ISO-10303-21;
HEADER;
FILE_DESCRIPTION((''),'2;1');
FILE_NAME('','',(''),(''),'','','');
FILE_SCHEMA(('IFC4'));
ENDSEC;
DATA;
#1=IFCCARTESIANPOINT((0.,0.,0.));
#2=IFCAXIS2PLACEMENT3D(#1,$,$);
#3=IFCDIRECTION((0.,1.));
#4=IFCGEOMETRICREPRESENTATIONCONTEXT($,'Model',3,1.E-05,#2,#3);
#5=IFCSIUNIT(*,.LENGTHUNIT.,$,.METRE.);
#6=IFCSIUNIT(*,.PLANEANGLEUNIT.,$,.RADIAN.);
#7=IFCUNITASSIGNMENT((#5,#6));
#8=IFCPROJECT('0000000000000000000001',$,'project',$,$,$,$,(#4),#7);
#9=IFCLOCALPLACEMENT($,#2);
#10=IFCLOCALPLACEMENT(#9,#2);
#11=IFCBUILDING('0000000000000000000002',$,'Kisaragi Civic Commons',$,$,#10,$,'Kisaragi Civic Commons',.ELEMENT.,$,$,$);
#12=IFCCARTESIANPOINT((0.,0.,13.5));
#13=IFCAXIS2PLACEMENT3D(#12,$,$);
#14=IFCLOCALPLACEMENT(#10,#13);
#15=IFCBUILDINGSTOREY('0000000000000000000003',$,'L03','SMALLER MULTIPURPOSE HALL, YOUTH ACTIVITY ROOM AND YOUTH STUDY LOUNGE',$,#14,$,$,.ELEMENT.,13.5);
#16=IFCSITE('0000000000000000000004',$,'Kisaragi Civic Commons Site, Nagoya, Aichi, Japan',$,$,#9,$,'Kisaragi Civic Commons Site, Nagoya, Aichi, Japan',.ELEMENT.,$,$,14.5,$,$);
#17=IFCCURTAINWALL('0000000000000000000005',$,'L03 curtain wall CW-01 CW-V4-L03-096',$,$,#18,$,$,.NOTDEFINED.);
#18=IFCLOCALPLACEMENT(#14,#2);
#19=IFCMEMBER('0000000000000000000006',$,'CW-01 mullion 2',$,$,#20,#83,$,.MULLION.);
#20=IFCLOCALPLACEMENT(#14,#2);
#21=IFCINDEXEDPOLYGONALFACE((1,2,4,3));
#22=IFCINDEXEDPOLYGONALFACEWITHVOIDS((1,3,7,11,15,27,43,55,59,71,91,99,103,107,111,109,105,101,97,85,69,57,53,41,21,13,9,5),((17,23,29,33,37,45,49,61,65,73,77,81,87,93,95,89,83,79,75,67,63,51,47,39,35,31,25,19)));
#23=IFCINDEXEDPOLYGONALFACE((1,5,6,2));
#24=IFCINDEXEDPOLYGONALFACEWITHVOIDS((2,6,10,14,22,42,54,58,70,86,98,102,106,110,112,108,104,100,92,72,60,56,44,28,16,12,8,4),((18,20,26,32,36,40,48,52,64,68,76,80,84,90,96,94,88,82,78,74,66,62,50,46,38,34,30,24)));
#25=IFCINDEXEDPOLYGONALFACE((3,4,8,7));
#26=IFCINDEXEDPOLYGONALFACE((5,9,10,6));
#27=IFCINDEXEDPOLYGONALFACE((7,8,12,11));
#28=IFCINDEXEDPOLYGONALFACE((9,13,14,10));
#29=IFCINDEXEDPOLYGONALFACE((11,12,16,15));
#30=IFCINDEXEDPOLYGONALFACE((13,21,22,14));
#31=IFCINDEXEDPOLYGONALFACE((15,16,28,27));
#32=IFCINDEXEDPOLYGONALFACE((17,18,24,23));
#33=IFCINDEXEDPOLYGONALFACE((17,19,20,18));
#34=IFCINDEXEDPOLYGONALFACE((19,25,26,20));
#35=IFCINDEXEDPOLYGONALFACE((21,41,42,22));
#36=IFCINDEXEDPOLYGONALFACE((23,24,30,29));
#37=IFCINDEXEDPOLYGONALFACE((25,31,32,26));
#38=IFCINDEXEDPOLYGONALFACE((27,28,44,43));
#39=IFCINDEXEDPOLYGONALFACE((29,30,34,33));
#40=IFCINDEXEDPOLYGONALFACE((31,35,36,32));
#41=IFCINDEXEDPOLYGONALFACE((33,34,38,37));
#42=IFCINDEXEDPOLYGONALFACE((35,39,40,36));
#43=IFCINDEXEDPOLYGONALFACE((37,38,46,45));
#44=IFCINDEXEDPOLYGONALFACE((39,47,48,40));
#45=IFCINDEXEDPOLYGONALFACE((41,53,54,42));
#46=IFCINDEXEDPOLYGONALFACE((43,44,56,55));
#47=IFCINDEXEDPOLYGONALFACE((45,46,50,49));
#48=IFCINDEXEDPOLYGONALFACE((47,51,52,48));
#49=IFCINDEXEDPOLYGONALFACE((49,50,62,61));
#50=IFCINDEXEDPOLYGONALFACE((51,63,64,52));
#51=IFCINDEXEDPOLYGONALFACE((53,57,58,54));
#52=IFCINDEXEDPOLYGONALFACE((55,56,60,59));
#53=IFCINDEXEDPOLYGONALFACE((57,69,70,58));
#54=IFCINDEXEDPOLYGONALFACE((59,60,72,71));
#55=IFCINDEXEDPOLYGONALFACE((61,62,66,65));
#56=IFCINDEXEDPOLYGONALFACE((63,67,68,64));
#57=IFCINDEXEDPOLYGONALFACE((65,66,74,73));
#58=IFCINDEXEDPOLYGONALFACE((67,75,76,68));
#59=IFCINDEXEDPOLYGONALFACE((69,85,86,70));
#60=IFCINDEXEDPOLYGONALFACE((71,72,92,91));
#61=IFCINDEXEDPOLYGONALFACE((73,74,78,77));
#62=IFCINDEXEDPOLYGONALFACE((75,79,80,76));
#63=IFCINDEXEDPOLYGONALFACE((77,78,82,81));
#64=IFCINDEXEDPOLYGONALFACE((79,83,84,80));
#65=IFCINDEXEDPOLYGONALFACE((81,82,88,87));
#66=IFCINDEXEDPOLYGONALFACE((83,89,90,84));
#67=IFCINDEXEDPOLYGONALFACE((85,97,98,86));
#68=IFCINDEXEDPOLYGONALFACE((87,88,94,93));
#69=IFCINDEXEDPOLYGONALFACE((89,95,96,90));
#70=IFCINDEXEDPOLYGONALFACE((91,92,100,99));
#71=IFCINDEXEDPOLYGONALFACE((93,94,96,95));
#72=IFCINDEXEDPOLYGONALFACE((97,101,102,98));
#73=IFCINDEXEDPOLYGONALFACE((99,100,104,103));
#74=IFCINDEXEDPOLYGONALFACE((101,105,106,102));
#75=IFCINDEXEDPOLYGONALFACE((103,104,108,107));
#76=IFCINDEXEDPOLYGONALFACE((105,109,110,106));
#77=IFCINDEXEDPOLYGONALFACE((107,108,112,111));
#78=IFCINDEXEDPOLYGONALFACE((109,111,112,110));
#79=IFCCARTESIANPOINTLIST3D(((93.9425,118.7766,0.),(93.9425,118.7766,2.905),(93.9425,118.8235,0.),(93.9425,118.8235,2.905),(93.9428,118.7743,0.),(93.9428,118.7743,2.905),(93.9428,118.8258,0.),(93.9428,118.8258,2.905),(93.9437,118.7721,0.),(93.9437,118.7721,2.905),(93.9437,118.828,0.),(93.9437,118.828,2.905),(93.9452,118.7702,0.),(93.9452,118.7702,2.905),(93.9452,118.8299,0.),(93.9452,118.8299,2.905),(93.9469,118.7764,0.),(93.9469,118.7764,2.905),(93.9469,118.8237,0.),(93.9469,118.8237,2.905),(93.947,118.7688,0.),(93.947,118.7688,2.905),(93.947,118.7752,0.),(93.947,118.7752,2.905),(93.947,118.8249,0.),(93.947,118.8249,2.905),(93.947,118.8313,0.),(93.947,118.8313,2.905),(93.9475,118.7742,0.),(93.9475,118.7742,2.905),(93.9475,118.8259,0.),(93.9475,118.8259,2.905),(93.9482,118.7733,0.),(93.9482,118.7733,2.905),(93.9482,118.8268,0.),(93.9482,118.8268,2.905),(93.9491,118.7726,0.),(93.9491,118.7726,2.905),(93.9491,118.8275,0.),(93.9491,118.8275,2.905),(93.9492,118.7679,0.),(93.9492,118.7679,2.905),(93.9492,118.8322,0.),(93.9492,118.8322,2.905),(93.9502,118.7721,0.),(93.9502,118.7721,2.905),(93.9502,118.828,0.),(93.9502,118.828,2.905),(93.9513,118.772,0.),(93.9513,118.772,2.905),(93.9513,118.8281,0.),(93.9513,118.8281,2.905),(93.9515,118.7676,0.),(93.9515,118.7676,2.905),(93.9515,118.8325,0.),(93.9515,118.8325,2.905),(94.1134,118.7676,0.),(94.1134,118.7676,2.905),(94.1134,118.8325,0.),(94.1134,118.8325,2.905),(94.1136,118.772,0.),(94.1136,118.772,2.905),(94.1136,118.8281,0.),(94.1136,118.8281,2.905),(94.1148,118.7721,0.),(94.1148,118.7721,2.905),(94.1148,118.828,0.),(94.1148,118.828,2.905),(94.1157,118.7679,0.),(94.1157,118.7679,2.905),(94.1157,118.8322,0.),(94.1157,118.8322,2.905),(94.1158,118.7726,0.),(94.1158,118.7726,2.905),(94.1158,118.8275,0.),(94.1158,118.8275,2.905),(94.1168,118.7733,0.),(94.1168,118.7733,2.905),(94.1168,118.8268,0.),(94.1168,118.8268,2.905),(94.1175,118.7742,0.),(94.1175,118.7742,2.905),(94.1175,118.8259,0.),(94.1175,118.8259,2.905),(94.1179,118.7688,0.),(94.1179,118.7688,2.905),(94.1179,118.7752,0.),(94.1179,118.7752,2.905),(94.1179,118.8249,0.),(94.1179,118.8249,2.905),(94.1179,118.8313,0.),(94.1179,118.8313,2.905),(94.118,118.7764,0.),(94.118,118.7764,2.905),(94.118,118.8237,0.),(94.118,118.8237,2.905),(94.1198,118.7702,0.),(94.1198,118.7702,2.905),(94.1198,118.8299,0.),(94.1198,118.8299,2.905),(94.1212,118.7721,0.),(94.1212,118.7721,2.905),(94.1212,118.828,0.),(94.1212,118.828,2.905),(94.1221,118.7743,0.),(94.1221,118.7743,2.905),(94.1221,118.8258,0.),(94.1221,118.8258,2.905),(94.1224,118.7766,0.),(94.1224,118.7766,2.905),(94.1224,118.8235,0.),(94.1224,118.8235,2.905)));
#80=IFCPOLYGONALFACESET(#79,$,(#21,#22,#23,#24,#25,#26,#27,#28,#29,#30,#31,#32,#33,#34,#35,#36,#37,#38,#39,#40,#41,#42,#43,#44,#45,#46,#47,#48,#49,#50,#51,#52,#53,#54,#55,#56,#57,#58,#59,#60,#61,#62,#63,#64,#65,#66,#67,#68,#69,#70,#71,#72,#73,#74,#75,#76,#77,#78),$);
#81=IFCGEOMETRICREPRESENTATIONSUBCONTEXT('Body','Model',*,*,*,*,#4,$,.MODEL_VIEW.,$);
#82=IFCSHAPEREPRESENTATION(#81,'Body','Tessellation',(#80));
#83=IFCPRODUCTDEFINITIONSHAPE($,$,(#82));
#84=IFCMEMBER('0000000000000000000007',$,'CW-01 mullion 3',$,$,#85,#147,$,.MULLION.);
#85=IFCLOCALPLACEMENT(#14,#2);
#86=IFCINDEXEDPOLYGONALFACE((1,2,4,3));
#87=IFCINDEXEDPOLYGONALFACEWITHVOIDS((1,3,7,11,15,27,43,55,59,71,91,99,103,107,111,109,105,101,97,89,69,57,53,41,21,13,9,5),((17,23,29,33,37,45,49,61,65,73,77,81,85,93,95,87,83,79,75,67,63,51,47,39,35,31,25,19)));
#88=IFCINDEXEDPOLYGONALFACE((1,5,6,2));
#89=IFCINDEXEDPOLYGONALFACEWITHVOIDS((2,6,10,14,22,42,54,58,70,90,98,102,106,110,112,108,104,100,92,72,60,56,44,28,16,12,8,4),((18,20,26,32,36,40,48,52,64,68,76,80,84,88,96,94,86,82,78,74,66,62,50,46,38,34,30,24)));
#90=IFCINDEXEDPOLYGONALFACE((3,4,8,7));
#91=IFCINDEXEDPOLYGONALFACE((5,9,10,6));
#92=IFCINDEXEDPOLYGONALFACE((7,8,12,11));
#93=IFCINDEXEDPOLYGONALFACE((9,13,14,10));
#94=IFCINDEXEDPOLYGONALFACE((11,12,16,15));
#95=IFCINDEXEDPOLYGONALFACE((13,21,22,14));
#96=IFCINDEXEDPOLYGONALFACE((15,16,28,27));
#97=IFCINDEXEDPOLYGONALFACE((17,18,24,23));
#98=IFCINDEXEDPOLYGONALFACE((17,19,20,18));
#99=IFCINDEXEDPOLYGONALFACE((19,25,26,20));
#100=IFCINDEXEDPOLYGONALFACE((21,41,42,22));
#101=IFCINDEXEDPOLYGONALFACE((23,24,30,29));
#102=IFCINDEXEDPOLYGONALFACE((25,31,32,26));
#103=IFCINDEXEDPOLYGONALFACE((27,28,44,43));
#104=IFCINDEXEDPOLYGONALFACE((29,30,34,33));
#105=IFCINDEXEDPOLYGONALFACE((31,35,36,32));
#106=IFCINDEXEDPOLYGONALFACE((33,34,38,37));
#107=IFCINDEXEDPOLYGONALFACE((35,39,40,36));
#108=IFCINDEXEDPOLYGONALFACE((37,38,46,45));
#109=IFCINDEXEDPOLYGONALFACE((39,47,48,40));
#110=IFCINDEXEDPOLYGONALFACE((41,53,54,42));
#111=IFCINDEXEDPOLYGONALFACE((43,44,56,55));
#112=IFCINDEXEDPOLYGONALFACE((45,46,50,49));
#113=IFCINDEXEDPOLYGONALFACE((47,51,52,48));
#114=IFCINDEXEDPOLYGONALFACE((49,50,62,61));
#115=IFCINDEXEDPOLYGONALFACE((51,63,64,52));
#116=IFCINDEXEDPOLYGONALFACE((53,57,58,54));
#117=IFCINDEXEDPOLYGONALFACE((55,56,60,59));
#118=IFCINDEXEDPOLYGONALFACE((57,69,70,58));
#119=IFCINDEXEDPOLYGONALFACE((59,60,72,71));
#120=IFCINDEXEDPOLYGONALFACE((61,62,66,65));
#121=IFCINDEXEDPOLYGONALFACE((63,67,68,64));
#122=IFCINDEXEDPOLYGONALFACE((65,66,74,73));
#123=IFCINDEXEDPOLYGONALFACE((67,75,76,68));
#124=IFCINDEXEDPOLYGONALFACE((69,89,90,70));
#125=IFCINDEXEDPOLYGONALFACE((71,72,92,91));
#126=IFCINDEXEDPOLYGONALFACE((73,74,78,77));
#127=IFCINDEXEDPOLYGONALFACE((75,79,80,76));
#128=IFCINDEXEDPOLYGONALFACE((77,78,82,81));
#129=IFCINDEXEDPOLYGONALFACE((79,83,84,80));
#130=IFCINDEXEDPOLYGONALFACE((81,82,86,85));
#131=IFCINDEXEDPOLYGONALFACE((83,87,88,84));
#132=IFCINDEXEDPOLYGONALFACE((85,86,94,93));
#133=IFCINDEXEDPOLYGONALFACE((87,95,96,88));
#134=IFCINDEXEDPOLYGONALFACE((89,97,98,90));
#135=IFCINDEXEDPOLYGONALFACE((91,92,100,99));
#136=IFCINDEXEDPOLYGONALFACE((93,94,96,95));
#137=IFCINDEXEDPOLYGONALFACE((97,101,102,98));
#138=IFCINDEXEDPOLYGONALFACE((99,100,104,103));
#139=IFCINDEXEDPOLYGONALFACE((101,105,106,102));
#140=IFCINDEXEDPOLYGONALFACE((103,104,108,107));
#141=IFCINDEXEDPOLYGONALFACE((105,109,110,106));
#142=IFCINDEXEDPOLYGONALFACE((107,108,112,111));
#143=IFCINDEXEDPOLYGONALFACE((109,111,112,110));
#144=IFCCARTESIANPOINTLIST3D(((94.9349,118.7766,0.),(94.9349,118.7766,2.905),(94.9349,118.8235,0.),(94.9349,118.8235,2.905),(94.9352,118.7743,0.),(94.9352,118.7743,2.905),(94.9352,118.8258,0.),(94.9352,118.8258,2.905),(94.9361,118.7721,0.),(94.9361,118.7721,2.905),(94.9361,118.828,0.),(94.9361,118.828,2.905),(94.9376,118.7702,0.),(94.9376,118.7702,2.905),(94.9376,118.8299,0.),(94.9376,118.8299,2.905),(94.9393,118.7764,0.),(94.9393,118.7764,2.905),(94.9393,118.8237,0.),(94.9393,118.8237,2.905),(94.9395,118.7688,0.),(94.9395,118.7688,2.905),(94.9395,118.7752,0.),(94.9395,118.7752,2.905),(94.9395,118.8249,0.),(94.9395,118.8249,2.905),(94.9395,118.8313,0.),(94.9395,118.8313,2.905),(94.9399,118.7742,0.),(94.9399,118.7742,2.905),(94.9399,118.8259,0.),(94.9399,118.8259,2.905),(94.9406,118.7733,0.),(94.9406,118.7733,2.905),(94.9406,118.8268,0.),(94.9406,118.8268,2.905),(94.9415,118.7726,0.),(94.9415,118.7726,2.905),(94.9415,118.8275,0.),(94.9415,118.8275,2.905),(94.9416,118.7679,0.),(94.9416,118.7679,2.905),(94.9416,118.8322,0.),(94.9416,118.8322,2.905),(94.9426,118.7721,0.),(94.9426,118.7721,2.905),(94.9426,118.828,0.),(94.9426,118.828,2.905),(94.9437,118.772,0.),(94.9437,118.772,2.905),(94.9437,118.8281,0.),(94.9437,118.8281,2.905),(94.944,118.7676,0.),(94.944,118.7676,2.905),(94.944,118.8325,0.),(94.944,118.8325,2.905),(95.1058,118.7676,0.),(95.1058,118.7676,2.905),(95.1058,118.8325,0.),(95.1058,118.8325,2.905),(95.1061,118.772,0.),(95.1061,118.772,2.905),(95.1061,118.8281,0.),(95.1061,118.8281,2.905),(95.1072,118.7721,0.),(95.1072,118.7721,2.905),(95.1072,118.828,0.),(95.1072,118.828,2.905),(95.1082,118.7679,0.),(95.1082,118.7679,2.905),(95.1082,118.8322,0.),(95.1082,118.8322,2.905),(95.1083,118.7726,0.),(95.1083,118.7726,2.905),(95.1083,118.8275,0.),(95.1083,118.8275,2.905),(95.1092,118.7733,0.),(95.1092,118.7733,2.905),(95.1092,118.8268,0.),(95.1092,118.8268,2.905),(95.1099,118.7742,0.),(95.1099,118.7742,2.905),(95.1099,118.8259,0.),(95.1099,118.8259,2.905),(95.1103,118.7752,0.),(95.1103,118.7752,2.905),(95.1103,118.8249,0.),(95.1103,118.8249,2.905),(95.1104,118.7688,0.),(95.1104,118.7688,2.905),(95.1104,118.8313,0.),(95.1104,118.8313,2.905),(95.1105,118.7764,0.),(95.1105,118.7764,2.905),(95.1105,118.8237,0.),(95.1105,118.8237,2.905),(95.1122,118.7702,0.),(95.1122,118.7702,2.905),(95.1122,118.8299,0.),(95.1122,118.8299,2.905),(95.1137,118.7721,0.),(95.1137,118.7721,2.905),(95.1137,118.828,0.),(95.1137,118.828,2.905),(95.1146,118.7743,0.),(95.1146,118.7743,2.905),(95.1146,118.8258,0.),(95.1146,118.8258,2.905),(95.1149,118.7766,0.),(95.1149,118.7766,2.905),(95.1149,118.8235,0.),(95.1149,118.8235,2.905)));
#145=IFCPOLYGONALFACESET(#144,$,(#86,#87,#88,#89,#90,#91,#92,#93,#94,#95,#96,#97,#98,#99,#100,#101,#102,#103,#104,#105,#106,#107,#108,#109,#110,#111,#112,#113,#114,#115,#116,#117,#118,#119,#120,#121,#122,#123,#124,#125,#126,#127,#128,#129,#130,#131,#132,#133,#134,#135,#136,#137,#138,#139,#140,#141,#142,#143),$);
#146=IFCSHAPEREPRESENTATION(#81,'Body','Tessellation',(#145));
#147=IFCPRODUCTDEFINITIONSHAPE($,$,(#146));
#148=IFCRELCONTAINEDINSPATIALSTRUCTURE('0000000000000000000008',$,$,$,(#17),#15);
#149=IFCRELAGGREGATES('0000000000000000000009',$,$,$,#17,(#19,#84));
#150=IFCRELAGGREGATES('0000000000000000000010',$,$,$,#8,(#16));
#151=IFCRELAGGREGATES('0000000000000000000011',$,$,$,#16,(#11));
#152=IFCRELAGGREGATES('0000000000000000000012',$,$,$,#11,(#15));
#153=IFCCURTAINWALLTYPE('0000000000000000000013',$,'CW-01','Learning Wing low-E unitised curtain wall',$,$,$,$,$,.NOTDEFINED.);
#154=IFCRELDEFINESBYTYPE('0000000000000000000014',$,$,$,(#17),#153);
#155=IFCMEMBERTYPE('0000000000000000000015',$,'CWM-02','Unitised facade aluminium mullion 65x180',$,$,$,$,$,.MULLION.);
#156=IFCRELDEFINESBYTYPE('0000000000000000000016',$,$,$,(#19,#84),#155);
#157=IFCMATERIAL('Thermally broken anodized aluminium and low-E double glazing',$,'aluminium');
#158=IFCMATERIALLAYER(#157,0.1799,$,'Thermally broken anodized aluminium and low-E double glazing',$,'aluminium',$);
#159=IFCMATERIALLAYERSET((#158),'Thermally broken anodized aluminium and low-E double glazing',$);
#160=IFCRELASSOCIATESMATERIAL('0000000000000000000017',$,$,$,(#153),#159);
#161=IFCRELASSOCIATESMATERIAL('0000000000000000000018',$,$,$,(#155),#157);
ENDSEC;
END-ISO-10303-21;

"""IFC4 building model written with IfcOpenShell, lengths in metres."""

from ifc_helpers import new_model, si_unit, direction, frame, origin, origin_2d, place, context, subcontext, project, spatial, hollow_rectangle, extrude, material, layer, layer_set, material_profile, profile_set, type_object, element, aggregate, save


model = new_model("IFC4")

# Units and contexts
model_context = context("Model", 3, precision=1e-05, world=origin(), true_north=direction((0.0, 1.0)))
body_context = subcontext(model_context, "Body", "Model", "MODEL_VIEW")
ifc_project = project(units=[si_unit("LENGTHUNIT", "METRE"), si_unit("PLANEANGLEUNIT", "RADIAN")], contexts=[model_context])

# Site, building, storey
site_placement = place(None, origin())
site = spatial("IfcSite", under=ifc_project, at=site_placement, Name="Kisaragi Civic Commons Site, Nagoya, Aichi, Japan", LongName="Kisaragi Civic Commons Site, Nagoya, Aichi, Japan", CompositionType="ELEMENT", RefElevation=14.5)
building_placement = place(site_placement, origin())
building = spatial("IfcBuilding", under=site, at=building_placement, Name="Kisaragi Civic Commons", LongName="Kisaragi Civic Commons", CompositionType="ELEMENT")
storey_placement = place(building_placement, frame((0.0, 0.0, 13.5)))
storey = spatial("IfcBuildingStorey", under=building, at=storey_placement, Name="L03", Description="SMALLER MULTIPURPOSE HALL, YOUTH ACTIVITY ROOM AND YOUTH STUDY LOUNGE", CompositionType="ELEMENT", Elevation=13.5)

# Curtain wall, members
ifc_material = material(Name="Thermally broken anodized aluminium and low-E double glazing", Category="aluminium")
ifc_layer_1 = layer(ifc_material, 0.1799, Name="Thermally broken anodized aluminium and low-E double glazing", Category="aluminium")
ifc_layer_set_1 = layer_set([ifc_layer_1], Name="Thermally broken anodized aluminium and low-E double glazing")
curtain_wall_type = type_object("IfcCurtainWallType", Name="CW-01", Description="Learning Wing low-E unitised curtain wall", PredefinedType="NOTDEFINED", material=ifc_layer_set_1)
curtain_wall_placement = place(storey_placement, origin())
curtain_wall = element("IfcCurtainWall", 1, at=curtain_wall_placement, inside=storey, type_object=curtain_wall_type, Name="L03 curtain wall CW-01 CW-V4-L03-096", PredefinedType="NOTDEFINED")
ifc_material_profile_1 = material_profile(ifc_material, hollow_rectangle(XDim=0.0649, YDim=0.1799, WallThickness=0.0044, InnerFilletRadius=0.0044, OuterFilletRadius=0.009, at=origin_2d()), Name="CWM-65x180x4.5", Category="aluminium")
ifc_profile_set_1 = profile_set([ifc_material_profile_1], Name="Thermally broken anodized aluminium and low-E double glazing")
member_type_1 = type_object("IfcMemberType", Name="CWM-02", Description="Unitised facade aluminium mullion 65x180", PredefinedType="MULLION", material=ifc_profile_set_1)
member_1_placement = place(storey_placement, frame((94.0325, 118.8, 0.0), z_axis=(0.0, 0.0, 1.0), x_axis=(0.0, 1.0, 0.0)))
member_1 = element("IfcMember", 2, at=member_1_placement, type_object=member_type_1, Name="CW-01 mullion 2", PredefinedType="MULLION", context=body_context, shape_type="SweptSolid", body=[
    extrude(hollow_rectangle(XDim=0.0649, YDim=0.1799, WallThickness=0.0044, InnerFilletRadius=0.0044, OuterFilletRadius=0.009, at=origin_2d()), origin(), (0.0, 0.0, 1.0), 2.905),
])
member_2_placement = place(storey_placement, frame((95.0249, 118.8, 0.0), z_axis=(0.0, 0.0, 1.0), x_axis=(0.0, 1.0, 0.0)))
member_2 = element("IfcMember", 3, at=member_2_placement, type_object=member_type_1, Name="CW-01 mullion 3", PredefinedType="MULLION", context=body_context, shape_type="SweptSolid", body=[
    extrude(hollow_rectangle(XDim=0.0649, YDim=0.1799, WallThickness=0.0044, InnerFilletRadius=0.0044, OuterFilletRadius=0.009, at=origin_2d()), origin(), (0.0, 0.0, 1.0), 2.905),
])
aggregate(curtain_wall, [member_1, member_2])

save(model, "model.ifc")
